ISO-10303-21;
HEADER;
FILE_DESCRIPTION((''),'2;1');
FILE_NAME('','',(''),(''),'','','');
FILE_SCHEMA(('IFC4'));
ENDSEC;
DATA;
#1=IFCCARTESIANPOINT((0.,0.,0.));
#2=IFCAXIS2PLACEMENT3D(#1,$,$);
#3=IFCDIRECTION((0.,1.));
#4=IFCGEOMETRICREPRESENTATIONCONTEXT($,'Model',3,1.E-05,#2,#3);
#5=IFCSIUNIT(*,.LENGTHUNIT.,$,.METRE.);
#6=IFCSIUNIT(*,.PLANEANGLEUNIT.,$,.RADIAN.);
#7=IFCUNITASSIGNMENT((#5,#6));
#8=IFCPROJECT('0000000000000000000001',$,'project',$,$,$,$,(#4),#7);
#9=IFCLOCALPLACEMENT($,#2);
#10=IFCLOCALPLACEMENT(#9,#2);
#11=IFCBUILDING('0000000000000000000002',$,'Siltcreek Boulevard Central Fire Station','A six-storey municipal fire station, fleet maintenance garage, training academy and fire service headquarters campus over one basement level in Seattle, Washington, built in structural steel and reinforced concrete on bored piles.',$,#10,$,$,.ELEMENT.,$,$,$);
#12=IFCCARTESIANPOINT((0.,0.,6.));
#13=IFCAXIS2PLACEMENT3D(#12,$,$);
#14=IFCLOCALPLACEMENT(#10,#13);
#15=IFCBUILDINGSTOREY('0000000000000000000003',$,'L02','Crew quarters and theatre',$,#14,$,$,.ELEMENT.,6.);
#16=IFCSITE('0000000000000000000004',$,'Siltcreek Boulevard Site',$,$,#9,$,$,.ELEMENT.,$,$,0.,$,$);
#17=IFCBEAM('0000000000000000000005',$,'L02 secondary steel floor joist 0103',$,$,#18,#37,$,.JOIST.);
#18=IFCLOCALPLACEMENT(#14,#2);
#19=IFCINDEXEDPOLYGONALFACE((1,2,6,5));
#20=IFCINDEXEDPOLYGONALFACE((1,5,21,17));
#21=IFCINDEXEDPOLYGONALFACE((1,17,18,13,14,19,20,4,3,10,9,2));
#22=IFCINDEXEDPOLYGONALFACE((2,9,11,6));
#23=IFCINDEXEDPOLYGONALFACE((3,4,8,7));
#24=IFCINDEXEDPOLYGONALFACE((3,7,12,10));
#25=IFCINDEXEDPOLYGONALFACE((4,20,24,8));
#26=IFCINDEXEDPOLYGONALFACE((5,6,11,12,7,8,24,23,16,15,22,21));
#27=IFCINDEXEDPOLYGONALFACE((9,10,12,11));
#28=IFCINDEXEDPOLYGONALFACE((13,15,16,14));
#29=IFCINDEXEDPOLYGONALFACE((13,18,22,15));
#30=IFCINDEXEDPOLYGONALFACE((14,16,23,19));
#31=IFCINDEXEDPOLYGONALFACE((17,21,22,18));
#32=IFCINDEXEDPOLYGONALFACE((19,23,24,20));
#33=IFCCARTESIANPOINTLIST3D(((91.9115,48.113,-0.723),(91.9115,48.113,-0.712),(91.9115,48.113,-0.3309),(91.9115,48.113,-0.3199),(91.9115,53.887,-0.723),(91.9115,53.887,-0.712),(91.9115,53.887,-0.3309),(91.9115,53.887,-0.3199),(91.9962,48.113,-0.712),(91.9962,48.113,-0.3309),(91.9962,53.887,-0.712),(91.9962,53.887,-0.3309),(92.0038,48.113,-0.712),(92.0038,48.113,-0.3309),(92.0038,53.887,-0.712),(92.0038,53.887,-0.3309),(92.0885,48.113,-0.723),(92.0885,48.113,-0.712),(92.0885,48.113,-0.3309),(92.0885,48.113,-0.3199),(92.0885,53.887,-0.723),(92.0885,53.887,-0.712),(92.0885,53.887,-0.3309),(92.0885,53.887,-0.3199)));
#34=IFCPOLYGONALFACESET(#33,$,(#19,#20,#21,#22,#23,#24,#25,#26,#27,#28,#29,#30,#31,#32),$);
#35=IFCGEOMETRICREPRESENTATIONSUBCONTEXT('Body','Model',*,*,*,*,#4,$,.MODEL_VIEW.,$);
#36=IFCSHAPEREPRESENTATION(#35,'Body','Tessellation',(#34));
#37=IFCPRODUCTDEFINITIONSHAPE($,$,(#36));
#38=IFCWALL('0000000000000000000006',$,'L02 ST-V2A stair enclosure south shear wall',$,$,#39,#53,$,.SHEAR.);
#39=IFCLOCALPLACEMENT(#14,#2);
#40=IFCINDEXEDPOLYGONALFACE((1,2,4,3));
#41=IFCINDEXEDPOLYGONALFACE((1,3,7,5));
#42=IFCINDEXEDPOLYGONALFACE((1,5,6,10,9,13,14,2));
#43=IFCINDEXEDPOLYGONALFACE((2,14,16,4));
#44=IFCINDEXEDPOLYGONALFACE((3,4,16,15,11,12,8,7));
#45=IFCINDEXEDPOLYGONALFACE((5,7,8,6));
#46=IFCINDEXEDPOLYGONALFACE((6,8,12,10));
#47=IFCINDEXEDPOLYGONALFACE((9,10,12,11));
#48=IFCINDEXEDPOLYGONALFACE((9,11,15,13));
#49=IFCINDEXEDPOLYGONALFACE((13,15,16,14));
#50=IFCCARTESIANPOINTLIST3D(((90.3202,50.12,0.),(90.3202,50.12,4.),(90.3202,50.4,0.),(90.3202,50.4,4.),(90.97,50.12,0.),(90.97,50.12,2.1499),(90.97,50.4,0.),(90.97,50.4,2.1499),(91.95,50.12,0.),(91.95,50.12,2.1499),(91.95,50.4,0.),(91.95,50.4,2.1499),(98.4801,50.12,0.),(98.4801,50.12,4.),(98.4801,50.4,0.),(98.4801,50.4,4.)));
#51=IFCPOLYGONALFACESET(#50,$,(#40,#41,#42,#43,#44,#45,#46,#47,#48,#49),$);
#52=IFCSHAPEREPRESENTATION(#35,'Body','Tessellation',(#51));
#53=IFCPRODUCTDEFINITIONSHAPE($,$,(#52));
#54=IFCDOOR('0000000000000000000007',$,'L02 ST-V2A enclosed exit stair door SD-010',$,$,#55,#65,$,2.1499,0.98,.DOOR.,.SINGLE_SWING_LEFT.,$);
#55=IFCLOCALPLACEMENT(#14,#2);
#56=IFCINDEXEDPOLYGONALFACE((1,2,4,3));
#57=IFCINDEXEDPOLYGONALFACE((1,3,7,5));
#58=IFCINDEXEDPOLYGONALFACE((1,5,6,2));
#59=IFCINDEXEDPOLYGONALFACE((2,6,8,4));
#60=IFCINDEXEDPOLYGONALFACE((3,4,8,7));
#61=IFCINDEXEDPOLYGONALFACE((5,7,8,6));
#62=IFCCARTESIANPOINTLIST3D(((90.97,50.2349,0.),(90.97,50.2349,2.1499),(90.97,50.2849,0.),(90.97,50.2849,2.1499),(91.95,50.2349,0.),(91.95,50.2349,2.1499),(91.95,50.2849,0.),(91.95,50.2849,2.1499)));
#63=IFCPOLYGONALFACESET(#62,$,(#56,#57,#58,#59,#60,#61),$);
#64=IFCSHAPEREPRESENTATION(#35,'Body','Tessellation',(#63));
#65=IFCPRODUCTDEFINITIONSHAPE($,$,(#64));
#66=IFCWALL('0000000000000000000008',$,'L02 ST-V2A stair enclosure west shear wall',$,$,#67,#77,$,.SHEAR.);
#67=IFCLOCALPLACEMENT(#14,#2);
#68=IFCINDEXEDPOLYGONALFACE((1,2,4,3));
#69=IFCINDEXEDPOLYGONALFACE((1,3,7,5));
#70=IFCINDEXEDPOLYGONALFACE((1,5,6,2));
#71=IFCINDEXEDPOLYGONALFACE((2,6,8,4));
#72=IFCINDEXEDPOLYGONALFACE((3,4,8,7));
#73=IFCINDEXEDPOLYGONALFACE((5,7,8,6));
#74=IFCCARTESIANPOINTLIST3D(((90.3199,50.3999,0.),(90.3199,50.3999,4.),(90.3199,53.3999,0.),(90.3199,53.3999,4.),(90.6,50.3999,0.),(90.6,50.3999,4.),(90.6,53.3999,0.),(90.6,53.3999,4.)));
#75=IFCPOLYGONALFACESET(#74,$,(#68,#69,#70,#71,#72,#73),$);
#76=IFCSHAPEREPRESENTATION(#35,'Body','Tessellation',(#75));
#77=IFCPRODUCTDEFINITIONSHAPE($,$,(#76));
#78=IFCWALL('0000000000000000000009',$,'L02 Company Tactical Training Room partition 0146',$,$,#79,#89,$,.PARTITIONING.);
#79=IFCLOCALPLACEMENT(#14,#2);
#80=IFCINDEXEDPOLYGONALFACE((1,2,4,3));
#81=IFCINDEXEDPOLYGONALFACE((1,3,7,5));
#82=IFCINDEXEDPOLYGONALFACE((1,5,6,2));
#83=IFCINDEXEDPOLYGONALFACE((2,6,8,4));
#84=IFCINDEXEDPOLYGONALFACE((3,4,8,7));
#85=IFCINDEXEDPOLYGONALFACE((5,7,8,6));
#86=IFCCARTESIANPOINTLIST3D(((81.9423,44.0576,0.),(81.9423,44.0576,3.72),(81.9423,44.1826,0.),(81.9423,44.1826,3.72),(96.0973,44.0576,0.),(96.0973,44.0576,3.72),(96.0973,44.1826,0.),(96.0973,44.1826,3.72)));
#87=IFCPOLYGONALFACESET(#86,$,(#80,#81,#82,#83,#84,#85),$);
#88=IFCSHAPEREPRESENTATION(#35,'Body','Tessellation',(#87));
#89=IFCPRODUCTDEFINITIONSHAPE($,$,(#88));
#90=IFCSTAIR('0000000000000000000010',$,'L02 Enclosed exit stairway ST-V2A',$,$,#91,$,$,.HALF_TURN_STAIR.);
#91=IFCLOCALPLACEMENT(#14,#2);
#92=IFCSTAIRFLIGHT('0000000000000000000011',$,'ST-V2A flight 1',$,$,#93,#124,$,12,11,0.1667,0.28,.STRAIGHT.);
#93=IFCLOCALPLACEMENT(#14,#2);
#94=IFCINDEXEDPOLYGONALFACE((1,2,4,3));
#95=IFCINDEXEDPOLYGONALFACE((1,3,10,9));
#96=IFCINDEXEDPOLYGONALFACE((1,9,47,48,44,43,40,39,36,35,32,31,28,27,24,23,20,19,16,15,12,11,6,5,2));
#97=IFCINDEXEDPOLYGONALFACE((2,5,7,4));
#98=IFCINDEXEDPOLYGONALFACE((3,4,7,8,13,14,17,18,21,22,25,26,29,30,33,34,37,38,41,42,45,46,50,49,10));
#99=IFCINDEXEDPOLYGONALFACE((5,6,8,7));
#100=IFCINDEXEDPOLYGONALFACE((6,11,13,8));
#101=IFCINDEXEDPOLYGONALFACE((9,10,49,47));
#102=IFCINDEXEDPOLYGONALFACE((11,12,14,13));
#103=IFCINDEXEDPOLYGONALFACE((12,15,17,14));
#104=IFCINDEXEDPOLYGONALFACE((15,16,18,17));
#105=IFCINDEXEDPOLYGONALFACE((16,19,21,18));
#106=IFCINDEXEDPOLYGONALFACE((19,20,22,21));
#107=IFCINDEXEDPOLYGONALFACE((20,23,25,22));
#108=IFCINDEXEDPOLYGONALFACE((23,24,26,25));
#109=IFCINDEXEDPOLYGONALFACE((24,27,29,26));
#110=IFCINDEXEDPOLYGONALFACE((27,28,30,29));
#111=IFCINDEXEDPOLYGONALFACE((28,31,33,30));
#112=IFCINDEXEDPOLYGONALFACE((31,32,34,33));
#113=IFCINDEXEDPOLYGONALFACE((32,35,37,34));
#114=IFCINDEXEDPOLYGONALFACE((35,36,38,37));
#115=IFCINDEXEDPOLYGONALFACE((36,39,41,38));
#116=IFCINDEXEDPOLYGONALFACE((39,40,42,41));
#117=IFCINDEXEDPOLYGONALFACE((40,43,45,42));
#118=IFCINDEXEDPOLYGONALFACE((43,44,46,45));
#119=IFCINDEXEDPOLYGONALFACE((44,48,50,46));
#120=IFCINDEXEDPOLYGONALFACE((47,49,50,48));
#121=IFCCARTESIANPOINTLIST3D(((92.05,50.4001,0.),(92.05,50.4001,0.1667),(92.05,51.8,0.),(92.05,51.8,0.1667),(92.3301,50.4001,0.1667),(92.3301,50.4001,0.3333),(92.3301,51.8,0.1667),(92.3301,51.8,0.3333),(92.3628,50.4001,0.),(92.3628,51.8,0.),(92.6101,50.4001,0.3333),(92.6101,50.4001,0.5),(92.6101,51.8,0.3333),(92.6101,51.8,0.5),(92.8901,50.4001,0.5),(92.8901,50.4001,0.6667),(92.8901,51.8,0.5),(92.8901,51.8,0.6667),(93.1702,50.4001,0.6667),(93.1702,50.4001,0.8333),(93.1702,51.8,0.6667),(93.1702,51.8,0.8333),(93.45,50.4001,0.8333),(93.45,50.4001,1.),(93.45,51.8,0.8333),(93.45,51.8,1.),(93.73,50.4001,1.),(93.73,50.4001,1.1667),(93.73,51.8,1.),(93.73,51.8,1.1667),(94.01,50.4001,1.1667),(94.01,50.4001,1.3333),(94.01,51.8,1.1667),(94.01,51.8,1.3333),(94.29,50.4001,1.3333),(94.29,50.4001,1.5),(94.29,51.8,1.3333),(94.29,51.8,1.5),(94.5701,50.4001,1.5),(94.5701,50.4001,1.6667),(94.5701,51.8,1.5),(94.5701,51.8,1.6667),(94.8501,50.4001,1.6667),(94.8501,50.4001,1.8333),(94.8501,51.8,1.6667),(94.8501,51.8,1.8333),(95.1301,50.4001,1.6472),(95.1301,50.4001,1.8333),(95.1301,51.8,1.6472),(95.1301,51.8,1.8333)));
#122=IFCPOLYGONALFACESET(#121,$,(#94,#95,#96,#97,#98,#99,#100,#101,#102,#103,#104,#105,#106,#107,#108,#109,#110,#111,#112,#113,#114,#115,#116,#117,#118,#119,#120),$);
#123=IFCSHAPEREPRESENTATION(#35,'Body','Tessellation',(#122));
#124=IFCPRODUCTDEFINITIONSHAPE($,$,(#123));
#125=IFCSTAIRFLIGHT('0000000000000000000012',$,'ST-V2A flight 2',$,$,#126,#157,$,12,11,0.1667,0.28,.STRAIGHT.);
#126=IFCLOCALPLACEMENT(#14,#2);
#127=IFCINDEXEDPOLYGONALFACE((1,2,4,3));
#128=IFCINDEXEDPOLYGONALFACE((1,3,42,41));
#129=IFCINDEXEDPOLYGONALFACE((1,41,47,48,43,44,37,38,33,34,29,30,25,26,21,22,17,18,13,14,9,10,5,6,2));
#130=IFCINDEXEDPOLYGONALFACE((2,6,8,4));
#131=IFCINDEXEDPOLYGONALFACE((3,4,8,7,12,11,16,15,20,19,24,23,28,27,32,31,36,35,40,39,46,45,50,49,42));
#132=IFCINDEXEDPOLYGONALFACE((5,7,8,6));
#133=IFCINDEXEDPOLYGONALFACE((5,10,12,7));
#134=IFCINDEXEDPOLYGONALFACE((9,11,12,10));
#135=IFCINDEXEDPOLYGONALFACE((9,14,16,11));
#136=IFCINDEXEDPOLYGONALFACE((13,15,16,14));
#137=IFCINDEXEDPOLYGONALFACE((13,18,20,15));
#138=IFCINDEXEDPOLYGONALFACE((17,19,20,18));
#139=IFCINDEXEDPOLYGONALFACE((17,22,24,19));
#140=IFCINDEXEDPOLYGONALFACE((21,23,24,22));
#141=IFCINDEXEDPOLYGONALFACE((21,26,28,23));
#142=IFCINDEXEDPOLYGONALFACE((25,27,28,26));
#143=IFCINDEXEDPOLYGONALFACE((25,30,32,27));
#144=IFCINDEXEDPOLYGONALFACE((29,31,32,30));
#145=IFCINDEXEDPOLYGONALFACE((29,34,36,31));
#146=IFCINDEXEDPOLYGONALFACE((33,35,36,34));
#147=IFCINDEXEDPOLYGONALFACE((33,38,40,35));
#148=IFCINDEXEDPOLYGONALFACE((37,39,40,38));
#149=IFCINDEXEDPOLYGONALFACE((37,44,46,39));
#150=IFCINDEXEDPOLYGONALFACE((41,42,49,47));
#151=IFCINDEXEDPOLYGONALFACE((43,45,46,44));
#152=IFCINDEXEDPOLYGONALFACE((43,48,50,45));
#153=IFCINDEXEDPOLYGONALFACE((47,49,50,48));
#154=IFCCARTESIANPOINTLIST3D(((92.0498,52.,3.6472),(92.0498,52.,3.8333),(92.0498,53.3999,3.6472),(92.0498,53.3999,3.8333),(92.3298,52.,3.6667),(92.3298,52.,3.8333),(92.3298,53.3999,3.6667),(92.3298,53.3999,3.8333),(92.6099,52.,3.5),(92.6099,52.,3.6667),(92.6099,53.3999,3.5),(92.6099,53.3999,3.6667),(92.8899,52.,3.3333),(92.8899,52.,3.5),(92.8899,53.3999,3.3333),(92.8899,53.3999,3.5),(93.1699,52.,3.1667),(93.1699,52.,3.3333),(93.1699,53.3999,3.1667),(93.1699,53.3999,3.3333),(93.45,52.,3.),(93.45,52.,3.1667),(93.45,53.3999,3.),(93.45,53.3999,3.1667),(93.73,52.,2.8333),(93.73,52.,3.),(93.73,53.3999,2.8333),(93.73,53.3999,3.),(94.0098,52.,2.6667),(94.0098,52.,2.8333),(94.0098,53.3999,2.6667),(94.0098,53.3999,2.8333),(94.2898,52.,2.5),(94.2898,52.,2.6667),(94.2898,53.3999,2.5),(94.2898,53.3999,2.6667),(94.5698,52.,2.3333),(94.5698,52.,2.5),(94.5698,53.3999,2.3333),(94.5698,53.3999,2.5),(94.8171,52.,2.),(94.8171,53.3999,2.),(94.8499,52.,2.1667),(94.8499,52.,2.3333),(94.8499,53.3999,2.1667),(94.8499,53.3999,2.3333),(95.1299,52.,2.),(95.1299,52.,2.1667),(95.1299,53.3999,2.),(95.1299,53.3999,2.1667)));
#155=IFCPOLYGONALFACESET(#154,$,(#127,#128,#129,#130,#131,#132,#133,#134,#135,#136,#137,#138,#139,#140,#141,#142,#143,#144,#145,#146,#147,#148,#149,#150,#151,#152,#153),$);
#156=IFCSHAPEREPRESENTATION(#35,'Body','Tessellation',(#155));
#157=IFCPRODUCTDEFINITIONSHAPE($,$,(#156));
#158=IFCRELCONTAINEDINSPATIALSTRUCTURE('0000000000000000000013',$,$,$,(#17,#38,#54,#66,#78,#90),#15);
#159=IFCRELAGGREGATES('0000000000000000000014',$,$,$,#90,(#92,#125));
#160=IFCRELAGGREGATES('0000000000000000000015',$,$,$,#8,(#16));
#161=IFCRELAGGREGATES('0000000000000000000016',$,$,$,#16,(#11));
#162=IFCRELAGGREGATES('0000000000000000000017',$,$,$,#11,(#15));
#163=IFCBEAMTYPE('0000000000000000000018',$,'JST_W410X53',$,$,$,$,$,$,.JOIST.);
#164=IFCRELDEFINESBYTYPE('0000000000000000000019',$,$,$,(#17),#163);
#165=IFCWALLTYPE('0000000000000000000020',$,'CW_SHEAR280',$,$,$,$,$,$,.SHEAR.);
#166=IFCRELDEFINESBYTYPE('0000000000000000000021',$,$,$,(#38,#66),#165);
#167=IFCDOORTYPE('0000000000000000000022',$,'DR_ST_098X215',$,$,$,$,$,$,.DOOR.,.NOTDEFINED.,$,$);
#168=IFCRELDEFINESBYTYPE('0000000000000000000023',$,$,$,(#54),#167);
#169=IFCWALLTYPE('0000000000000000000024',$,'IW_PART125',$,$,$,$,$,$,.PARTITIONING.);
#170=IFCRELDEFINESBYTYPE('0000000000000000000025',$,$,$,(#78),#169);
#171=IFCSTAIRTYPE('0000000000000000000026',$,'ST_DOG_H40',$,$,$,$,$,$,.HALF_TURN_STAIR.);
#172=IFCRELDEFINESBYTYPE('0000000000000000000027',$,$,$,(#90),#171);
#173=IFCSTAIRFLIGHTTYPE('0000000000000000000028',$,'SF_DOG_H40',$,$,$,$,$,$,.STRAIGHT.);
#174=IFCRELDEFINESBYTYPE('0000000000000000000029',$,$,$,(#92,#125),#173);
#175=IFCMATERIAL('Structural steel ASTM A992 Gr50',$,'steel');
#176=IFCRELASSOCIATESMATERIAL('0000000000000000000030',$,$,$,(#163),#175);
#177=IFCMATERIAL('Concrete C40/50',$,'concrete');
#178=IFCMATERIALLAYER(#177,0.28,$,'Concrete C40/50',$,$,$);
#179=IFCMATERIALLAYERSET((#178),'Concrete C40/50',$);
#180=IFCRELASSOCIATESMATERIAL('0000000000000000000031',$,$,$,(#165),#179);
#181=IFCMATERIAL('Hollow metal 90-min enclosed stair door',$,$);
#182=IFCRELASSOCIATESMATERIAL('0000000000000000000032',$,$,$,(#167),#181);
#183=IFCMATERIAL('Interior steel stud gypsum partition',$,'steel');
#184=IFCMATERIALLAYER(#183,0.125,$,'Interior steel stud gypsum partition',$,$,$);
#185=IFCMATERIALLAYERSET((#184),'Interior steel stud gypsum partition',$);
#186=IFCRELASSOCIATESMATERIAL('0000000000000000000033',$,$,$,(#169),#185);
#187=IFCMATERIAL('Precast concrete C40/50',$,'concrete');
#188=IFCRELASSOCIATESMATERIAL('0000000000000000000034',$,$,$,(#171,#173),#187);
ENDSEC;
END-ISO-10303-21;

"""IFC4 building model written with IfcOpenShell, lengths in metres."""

from ifc_helpers import new_model, si_unit, direction, frame, frame_2d, origin, origin_2d, place, context, subcontext, project, spatial, polyline, rectangle, i_section, outline, extrude, material, layer, layer_set, material_profile, profile_set, type_object, element, fill, aggregate, save


model = new_model("IFC4")

# Units and contexts
model_context = context("Model", 3, precision=1e-05, world=origin(), true_north=direction((0.0, 1.0)))
body_context = subcontext(model_context, "Body", "Model", "MODEL_VIEW")
ifc_project = project(units=[si_unit("LENGTHUNIT", "METRE"), si_unit("PLANEANGLEUNIT", "RADIAN")], contexts=[model_context])

# Site, building, storey
site_placement = place(None, origin())
site = spatial("IfcSite", under=ifc_project, at=site_placement, Name="Siltcreek Boulevard Site", CompositionType="ELEMENT", RefElevation=0.0)
building_placement = place(site_placement, origin())
building = spatial("IfcBuilding", under=site, at=building_placement, Name="Siltcreek Boulevard Central Fire Station", Description="A six-storey municipal fire station, fleet maintenance garage, training academy and fire service headquarters campus over one basement level in Seattle, Washington, built in structural steel and reinforced concrete on bored piles.", CompositionType="ELEMENT")
storey_placement = place(building_placement, frame((0.0, 0.0, 6.0)))
storey = spatial("IfcBuildingStorey", under=building, at=storey_placement, Name="L02", Description="Crew quarters and theatre", CompositionType="ELEMENT", Elevation=6.0)

# Shared definitions
ifc_material_1 = material(Name="Structural steel ASTM A992 Gr50", Category="steel")

# Beam
ifc_material_profile_1 = material_profile(ifc_material_1, i_section(OverallWidth=0.177, OverallDepth=0.4031, WebThickness=0.0076, FlangeThickness=0.011, at=origin_2d()), Name="W410X53")
ifc_profile_set_1 = profile_set([ifc_material_profile_1], Name="Structural steel ASTM A992 Gr50")
beam_type_1 = type_object("IfcBeamType", Name="JST_W410X53", PredefinedType="JOIST", material=ifc_profile_set_1)
beam_1_placement = place(storey_placement, frame((92.0, 48.113, -0.5215), z_axis=(0.0, 1.0, 0.0), x_axis=(-1.0, 0.0, 0.0)))
element("IfcBeam", 1, at=beam_1_placement, inside=storey, type_object=beam_type_1, Name="L02 secondary steel floor joist 0103", PredefinedType="JOIST", context=body_context, shape_type="SweptSolid", body=[
    extrude(i_section(OverallWidth=0.177, OverallDepth=0.4031, WebThickness=0.0076, FlangeThickness=0.011, at=origin_2d()), origin(), (0.0, 0.0, 1.0), 5.7739),
])

# Wall, opening, door
ifc_material_2 = material(Name="Concrete C40/50", Category="concrete")
ifc_layer_1 = layer(ifc_material_2, 0.28, Name="Concrete C40/50")
ifc_layer_set_1 = layer_set([ifc_layer_1], Name="Concrete C40/50")
wall_type_1 = type_object("IfcWallType", Name="CW_SHEAR280", PredefinedType="SHEAR", material=ifc_layer_set_1)
wall_1_placement = place(storey_placement, frame((90.3201, 50.26, 0.0), z_axis=(0.0, 0.0, 1.0), x_axis=(1.0, 0.0, 0.0)))
wall_1 = element("IfcWall", 2, at=wall_1_placement, inside=storey, type_object=wall_type_1, Name="L02 ST-V2A stair enclosure south shear wall", PredefinedType="SHEAR", context=body_context, shape_type="SweptSolid", body=[
    extrude(rectangle(XDim=8.1599, YDim=0.28, at=frame_2d((4.0801, 0.0))), origin(), (0.0, 0.0, 1.0), 4.0),
])
opening_placement = place(wall_1_placement, frame((0.6499, 0.0, 0.0)))
opening = element("IfcOpeningElement", 3, at=opening_placement, cuts=wall_1, PredefinedType="OPENING", context=body_context, shape_type="SweptSolid", body=[
    extrude(rectangle(XDim=0.98, YDim=2.1499, at=frame_2d((0.49, 1.075))), frame((0.0, 0.1499, 0.0), z_axis=(0.0, -1.0, 0.0), x_axis=(1.0, 0.0, 0.0)), (0.0, 0.0, 1.0), 0.3),
])
ifc_material_3 = material(Name="Hollow metal 90-min enclosed stair door")
door_type = type_object("IfcDoorType", Name="DR_ST_098X215", OperationType="NOTDEFINED", PredefinedType="DOOR", material=ifc_material_3)
door_placement = place(opening_placement, origin())
door = element("IfcDoor", 4, at=door_placement, inside=storey, type_object=door_type, Name="L02 ST-V2A enclosed exit stair door SD-010", OperationType="SINGLE_SWING_LEFT", OverallHeight=2.1499, OverallWidth=0.98, PredefinedType="DOOR", context=body_context, shape_type="SweptSolid", body=[
    extrude(rectangle(XDim=0.98, YDim=2.1499, at=frame_2d((0.49, 1.075))), frame((0.0, 0.0249, 0.0), z_axis=(0.0, -1.0, 0.0), x_axis=(1.0, 0.0, 0.0)), (0.0, 0.0, 1.0), 0.05),
])
fill(opening, door)

# Walls
wall_2_placement = place(storey_placement, frame((90.46, 53.3999, 0.0), z_axis=(0.0, 0.0, 1.0), x_axis=(0.0, -1.0, 0.0)))
element("IfcWall", 5, at=wall_2_placement, inside=storey, type_object=wall_type_1, Name="L02 ST-V2A stair enclosure west shear wall", PredefinedType="SHEAR", context=body_context, shape_type="SweptSolid", body=[
    extrude(rectangle(XDim=3.0, YDim=0.28, at=frame_2d((1.5, 0.0))), origin(), (0.0, 0.0, 1.0), 4.0),
])
ifc_material_4 = material(Name="Interior steel stud gypsum partition", Category="steel")
ifc_layer_2 = layer(ifc_material_4, 0.125, Name="Interior steel stud gypsum partition")
ifc_layer_set_2 = layer_set([ifc_layer_2], Name="Interior steel stud gypsum partition")
wall_type_2 = type_object("IfcWallType", Name="IW_PART125", PredefinedType="PARTITIONING", material=ifc_layer_set_2)
wall_3_placement = place(storey_placement, frame((96.0974, 44.1201, 0.0), z_axis=(0.0, 0.0, 1.0), x_axis=(-1.0, 0.0, 0.0)))
element("IfcWall", 6, at=wall_3_placement, inside=storey, type_object=wall_type_2, Name="L02 Company Tactical Training Room partition 0146", PredefinedType="PARTITIONING", context=body_context, shape_type="SweptSolid", body=[
    extrude(rectangle(XDim=14.155, YDim=0.125, at=frame_2d((7.0776, 0.0))), origin(), (0.0, 0.0, 1.0), 3.72),
])

# Stair, stair flights
ifc_material_5 = material(Name="Precast concrete C40/50", Category="concrete")
stair_type = type_object("IfcStairType", Name="ST_DOG_H40", PredefinedType="HALF_TURN_STAIR", material=ifc_material_5)
stair_placement = place(storey_placement, origin())
stair = element("IfcStair", 7, at=stair_placement, inside=storey, type_object=stair_type, Name="L02 Enclosed exit stairway ST-V2A", PredefinedType="HALF_TURN_STAIR")
stair_flight_type = type_object("IfcStairFlightType", Name="SF_DOG_H40", PredefinedType="STRAIGHT", material=ifc_material_5)
stair_flight_1_placement = place(storey_placement, frame((92.05, 51.1001, 0.0), z_axis=(0.0, 0.0, 1.0), x_axis=(1.0, 0.0, 0.0)))
stair_flight_1 = element("IfcStairFlight", 8, at=stair_flight_1_placement, type_object=stair_flight_type, Name="ST-V2A flight 1", NumberOfRisers=12, NumberOfTreads=11, PredefinedType="STRAIGHT", RiserHeight=0.1667, TreadLength=0.28, context=body_context, shape_type="SweptSolid", body=[
    extrude(outline(polyline([(0.0, 0.0), (0.0, 0.1667), (0.28, 0.1667), (0.28, 0.3333), (0.5601, 0.3333), (0.5601, 0.5), (0.8401, 0.5), (0.8401, 0.6667), (1.1201, 0.6667), (1.1201, 0.8333), (1.3999, 0.8333), (1.3999, 1.0), (1.6799, 1.0), (1.6799, 1.1667), (1.96, 1.1667), (1.96, 1.3333), (2.24, 1.3333), (2.24, 1.5), (2.52, 1.5), (2.52, 1.6667), (2.8, 1.6667), (2.8, 1.8333), (3.0801, 1.8333), (3.0801, 2.0), (3.0801, 1.6472), (0.3127, 0.0), (0.0, 0.0)])), frame((0.0, 0.7, 0.0), z_axis=(0.0, -1.0, 0.0), x_axis=(1.0, 0.0, 0.0)), (0.0, 0.0, 1.0), 1.3999),
])
stair_flight_2_placement = place(storey_placement, frame((95.1299, 52.7, 2.0), z_axis=(0.0, 0.0, 1.0), x_axis=(-1.0, 0.0, 0.0)))
stair_flight_2 = element("IfcStairFlight", 9, at=stair_flight_2_placement, type_object=stair_flight_type, Name="ST-V2A flight 2", NumberOfRisers=12, NumberOfTreads=11, PredefinedType="STRAIGHT", RiserHeight=0.1667, TreadLength=0.28, context=body_context, shape_type="SweptSolid", body=[
    extrude(outline(polyline([(0.0, 0.0), (0.0, 0.1667), (0.28, 0.1667), (0.28, 0.3333), (0.5601, 0.3333), (0.5601, 0.5), (0.8401, 0.5), (0.8401, 0.6667), (1.1201, 0.6667), (1.1201, 0.8333), (1.3999, 0.8333), (1.3999, 1.0), (1.6799, 1.0), (1.6799, 1.1667), (1.96, 1.1667), (1.96, 1.3333), (2.24, 1.3333), (2.24, 1.5), (2.52, 1.5), (2.52, 1.6667), (2.8, 1.6667), (2.8, 1.8333), (3.0801, 1.8333), (3.0801, 2.0), (3.0801, 1.6472), (0.3127, 0.0), (0.0, 0.0)])), frame((0.0, 0.7, 0.0), z_axis=(0.0, -1.0, 0.0), x_axis=(1.0, 0.0, 0.0)), (0.0, 0.0, 1.0), 1.3999),
])
aggregate(stair, [stair_flight_1, stair_flight_2])

save(model, "model.ifc")
